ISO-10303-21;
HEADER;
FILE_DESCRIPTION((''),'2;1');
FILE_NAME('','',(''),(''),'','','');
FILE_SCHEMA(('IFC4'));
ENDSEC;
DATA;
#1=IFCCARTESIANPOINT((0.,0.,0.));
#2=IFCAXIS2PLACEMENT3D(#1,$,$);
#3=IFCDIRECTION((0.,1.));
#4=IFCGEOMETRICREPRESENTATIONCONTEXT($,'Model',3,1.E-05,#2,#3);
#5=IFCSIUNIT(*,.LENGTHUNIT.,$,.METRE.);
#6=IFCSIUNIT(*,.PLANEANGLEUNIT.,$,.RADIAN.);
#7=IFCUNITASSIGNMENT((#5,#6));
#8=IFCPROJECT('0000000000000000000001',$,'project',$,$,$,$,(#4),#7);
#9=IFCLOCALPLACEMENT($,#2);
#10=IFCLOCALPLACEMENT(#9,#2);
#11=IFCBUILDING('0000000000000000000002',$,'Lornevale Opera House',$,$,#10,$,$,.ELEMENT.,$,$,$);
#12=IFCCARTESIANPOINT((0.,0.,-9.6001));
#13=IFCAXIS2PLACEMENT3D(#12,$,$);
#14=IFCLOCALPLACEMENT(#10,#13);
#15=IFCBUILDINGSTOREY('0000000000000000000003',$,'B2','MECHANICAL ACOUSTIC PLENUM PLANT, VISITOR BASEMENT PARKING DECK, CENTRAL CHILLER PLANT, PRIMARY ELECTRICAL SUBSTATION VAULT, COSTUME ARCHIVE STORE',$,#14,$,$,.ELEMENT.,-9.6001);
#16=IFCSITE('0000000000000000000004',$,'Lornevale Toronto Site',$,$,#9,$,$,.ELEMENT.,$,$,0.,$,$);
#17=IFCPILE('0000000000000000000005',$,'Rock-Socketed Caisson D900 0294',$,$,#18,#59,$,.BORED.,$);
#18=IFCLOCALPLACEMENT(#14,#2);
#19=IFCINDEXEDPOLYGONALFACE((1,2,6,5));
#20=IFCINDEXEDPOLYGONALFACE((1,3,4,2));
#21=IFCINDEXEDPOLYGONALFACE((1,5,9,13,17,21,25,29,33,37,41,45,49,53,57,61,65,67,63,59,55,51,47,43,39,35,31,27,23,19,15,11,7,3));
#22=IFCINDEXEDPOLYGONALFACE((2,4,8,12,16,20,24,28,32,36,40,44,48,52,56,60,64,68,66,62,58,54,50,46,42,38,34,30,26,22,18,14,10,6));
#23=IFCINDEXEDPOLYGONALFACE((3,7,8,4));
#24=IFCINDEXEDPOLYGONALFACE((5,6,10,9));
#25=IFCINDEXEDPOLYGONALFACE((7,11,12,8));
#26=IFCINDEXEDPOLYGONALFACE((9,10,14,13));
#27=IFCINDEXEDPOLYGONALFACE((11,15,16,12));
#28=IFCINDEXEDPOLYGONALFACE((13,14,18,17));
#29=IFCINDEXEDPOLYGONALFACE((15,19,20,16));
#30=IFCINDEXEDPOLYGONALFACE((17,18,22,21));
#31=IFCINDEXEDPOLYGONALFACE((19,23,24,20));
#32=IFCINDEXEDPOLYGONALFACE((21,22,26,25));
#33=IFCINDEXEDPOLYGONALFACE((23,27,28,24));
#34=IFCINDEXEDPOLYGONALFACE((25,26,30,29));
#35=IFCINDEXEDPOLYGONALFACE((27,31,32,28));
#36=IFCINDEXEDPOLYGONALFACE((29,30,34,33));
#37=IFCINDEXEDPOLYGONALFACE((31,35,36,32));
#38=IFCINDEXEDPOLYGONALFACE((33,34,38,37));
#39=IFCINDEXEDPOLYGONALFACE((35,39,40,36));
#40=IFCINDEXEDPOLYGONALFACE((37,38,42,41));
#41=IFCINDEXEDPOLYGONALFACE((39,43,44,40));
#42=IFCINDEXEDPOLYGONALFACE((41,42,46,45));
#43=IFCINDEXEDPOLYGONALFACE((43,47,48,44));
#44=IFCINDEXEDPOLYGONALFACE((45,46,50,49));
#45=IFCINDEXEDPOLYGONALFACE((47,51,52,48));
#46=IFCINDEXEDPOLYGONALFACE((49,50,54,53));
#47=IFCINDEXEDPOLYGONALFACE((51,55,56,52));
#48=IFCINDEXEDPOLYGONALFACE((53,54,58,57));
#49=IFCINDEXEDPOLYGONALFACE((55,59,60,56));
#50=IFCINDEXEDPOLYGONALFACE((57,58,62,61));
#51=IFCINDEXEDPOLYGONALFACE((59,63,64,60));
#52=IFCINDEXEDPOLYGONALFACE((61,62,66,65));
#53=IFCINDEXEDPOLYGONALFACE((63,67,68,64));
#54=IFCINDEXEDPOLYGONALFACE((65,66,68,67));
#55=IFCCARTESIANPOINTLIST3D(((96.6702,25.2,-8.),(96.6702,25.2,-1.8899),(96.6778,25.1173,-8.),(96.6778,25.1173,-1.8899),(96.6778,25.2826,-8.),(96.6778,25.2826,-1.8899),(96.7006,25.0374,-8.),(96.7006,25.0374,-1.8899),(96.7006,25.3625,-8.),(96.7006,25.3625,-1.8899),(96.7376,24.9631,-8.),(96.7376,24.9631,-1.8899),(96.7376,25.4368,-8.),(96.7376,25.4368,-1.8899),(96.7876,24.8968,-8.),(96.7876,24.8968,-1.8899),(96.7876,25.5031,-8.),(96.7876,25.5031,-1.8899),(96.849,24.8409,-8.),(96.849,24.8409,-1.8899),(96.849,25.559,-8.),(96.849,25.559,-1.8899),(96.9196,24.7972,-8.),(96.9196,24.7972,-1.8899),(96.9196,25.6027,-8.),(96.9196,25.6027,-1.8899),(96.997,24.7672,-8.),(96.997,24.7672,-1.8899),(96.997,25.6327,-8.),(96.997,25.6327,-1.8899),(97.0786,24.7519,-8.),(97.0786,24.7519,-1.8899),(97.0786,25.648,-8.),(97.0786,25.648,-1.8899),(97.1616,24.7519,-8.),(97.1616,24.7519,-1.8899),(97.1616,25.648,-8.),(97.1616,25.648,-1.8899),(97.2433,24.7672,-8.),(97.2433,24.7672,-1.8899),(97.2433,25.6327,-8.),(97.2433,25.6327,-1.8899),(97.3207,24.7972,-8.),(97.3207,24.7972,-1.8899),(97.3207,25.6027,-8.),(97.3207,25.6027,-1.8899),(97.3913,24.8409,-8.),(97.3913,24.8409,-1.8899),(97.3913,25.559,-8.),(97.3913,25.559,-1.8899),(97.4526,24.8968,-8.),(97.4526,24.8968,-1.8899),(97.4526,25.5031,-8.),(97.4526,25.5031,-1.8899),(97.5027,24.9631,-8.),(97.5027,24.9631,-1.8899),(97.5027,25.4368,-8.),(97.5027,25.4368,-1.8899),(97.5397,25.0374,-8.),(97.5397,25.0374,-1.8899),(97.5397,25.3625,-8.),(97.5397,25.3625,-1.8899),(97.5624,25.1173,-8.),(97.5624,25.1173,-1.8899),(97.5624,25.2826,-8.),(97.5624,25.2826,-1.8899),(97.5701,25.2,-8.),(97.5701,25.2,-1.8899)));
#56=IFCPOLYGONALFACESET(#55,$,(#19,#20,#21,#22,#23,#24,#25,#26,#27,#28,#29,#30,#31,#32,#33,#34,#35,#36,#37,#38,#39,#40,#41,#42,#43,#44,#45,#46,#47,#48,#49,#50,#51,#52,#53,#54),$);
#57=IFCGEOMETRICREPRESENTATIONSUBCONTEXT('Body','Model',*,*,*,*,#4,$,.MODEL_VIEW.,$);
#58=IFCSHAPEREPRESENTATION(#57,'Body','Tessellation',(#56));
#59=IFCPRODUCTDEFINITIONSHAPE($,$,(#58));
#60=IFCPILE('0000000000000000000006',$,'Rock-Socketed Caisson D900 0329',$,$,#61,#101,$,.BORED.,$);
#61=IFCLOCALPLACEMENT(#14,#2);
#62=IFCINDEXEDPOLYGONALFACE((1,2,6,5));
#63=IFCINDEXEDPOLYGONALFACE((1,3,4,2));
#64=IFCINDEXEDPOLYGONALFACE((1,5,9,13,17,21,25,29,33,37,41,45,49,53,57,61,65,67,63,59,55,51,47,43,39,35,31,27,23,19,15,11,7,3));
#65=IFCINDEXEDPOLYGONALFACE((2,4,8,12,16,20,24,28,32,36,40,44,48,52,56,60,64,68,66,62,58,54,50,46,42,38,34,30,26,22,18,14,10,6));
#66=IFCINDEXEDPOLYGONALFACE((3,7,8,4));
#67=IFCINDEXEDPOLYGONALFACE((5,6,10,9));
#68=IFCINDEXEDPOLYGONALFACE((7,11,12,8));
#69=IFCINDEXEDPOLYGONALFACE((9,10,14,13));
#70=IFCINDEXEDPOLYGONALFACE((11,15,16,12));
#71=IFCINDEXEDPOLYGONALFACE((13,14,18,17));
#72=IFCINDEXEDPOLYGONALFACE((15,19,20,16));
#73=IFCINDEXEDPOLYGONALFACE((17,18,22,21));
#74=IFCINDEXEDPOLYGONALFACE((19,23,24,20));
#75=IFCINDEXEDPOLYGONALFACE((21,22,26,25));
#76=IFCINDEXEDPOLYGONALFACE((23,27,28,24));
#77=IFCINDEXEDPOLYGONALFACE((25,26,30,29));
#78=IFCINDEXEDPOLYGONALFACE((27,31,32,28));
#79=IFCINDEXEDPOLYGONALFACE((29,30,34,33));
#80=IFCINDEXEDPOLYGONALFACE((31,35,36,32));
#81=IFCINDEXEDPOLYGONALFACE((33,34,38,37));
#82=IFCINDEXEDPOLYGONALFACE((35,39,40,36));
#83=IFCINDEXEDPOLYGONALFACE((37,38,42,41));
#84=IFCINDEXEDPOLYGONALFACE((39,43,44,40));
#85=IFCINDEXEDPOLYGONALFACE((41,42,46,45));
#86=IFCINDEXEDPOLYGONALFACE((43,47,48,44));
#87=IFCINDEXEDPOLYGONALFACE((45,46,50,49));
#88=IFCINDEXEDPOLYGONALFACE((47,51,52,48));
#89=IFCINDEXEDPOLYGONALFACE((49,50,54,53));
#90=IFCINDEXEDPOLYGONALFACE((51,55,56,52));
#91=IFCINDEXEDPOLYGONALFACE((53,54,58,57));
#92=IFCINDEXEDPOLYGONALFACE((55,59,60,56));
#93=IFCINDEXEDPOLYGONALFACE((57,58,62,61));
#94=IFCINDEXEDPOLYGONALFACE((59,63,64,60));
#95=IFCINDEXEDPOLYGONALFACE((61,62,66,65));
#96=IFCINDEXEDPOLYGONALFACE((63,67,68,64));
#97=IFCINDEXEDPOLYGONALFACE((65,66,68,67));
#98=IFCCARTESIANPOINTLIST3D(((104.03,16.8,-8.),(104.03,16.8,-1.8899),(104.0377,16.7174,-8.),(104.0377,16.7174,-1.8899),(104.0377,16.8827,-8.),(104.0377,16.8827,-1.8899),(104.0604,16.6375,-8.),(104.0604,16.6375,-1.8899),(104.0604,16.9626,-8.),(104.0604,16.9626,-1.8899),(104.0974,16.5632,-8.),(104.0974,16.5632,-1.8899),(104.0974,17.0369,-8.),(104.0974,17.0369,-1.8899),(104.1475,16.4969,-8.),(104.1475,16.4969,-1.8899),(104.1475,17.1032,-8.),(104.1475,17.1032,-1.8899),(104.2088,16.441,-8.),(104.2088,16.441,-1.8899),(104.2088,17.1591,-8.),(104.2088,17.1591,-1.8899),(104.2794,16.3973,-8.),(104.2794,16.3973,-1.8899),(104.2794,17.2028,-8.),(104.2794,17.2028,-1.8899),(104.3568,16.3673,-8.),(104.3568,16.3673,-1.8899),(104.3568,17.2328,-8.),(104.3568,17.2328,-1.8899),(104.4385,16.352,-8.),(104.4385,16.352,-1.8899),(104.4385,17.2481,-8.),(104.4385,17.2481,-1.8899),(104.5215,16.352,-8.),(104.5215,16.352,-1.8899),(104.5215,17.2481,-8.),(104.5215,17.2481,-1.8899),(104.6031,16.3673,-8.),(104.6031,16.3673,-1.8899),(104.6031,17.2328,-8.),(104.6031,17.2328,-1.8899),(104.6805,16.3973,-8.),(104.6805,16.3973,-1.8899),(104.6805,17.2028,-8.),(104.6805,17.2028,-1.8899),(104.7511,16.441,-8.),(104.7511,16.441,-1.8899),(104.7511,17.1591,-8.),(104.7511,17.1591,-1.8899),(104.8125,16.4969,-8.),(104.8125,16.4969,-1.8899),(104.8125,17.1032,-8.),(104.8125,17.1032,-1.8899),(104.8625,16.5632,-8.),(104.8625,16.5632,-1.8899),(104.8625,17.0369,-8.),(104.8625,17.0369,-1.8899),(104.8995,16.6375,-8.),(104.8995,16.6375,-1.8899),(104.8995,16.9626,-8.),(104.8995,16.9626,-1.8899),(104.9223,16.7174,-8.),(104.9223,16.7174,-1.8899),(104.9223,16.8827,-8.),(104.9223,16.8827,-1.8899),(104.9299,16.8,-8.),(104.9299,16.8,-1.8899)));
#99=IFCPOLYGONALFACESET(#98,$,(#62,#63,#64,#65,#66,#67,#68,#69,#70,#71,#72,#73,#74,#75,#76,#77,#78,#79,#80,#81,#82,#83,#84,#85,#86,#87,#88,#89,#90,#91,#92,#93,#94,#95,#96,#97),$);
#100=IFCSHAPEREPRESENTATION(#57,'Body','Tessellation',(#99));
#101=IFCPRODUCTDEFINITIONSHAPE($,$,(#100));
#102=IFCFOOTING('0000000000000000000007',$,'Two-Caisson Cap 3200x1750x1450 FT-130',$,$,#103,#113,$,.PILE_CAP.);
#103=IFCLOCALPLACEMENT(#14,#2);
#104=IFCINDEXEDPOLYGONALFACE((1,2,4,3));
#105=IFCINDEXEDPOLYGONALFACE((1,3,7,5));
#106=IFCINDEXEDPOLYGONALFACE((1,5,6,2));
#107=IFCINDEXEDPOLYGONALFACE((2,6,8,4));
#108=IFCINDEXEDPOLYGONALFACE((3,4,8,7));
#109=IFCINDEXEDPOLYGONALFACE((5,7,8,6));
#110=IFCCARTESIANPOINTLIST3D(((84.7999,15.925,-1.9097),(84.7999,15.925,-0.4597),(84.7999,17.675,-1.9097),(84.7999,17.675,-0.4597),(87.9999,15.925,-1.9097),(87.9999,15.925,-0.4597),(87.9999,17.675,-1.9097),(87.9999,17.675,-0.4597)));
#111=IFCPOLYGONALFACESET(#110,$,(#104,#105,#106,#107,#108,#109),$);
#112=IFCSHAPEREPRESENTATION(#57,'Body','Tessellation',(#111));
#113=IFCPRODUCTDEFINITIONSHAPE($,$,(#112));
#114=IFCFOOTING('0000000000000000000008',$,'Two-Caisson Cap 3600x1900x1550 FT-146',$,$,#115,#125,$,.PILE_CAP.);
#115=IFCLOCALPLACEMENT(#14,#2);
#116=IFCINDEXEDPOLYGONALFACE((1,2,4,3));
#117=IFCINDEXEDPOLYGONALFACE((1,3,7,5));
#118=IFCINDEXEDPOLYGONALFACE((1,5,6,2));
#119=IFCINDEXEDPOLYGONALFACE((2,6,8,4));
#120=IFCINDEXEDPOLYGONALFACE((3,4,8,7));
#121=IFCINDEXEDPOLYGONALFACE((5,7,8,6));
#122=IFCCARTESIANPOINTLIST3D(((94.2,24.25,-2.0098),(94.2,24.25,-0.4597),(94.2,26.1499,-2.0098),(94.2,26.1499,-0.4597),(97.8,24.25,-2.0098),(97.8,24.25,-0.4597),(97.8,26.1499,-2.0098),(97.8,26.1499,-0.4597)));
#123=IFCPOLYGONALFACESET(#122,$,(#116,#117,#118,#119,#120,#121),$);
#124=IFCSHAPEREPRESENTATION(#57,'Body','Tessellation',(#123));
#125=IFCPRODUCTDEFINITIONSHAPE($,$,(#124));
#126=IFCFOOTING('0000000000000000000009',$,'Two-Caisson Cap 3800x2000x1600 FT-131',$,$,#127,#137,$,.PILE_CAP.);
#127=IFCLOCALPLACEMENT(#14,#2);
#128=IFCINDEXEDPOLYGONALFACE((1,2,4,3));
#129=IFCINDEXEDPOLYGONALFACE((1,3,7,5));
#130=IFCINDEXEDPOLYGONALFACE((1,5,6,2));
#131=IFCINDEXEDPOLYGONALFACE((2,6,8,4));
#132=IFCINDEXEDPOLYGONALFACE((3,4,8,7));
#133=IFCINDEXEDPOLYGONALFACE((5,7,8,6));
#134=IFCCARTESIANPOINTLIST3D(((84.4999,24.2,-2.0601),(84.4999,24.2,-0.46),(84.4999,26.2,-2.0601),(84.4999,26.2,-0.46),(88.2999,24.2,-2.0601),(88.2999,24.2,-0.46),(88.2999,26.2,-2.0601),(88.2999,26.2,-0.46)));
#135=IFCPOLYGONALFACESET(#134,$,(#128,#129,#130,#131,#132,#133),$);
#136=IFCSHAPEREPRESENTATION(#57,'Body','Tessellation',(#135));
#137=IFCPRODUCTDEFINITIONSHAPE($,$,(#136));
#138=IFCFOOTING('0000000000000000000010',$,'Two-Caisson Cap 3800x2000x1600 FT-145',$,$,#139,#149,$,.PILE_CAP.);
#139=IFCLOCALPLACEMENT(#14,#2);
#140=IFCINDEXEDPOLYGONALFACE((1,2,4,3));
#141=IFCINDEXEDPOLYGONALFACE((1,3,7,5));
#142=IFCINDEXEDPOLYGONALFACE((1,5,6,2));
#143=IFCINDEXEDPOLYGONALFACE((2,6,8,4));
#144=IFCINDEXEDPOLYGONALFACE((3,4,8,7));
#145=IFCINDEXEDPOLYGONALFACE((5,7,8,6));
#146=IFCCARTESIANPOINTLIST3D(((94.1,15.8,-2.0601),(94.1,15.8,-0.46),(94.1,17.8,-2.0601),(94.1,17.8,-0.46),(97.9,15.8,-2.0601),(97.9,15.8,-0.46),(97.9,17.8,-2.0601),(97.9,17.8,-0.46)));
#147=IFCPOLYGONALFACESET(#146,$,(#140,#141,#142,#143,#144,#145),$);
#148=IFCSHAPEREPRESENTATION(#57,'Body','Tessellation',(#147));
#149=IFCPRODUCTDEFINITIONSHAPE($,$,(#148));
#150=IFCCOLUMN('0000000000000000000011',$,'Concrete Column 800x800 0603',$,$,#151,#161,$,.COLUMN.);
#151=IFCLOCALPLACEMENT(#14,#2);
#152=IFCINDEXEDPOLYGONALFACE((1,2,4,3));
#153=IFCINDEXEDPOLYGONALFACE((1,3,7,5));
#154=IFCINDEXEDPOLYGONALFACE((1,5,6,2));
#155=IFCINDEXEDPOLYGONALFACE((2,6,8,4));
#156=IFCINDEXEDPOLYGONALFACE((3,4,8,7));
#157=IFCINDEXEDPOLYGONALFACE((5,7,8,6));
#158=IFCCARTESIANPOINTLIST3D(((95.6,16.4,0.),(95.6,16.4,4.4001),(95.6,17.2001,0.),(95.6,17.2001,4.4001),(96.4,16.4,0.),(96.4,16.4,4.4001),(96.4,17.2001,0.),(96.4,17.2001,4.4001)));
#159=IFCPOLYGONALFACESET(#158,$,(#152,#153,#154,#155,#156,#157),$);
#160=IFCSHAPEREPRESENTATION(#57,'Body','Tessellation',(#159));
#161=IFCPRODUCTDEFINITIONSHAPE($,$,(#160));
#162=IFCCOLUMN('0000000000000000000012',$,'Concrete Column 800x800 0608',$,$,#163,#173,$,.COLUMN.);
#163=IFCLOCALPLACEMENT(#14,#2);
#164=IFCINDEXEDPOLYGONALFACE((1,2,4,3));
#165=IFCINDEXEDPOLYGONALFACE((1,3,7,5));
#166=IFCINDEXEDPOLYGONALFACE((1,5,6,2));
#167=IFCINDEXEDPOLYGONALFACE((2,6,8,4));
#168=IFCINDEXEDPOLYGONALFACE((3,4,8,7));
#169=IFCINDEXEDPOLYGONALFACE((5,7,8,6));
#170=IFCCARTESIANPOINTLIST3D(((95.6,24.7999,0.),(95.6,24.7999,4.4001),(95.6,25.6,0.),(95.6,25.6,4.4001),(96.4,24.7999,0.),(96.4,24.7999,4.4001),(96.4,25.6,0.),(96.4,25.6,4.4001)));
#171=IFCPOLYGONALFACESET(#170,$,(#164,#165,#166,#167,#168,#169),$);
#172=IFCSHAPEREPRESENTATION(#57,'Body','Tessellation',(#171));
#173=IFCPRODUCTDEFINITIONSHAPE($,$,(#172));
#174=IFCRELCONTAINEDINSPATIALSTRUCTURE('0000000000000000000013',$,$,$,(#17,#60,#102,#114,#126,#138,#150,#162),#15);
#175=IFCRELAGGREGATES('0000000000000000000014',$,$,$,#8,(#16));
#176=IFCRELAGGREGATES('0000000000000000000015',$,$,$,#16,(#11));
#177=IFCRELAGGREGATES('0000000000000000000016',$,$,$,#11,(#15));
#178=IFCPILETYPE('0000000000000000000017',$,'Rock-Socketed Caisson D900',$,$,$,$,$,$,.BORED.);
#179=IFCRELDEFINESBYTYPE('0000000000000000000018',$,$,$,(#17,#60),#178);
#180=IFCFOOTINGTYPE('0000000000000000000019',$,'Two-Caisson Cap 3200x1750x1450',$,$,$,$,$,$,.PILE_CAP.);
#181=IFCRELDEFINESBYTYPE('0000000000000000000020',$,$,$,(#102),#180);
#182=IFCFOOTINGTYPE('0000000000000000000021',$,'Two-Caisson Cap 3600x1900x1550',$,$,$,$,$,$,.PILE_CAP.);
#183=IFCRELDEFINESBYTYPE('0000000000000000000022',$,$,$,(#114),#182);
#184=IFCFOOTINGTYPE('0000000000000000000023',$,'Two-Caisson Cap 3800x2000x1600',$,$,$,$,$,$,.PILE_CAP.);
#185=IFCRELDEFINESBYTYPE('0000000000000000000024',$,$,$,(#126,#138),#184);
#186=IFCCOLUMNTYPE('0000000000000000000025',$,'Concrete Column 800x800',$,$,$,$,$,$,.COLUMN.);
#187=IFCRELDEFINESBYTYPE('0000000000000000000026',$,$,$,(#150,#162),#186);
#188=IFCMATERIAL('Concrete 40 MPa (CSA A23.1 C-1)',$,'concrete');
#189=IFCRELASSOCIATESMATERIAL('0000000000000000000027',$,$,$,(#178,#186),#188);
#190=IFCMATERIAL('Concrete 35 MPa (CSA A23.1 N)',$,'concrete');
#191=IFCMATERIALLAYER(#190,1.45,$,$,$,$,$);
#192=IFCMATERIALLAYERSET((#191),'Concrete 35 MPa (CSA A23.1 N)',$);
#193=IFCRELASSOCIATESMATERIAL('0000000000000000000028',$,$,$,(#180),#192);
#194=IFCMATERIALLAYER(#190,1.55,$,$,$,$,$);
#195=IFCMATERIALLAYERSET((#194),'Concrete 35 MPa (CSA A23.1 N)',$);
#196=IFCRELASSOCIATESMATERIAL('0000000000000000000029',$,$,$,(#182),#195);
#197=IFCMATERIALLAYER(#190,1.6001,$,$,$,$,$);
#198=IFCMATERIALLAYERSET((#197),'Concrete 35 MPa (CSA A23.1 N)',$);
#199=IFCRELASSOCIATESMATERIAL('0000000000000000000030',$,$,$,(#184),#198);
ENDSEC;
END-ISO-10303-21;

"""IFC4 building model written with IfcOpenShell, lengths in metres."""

from ifc_helpers import new_model, si_unit, direction, frame, origin, origin_2d, place, context, subcontext, project, spatial, rectangle, circle, extrude, material, layer, layer_set, material_profile, profile_set, type_object, element, save


model = new_model("IFC4")

# Units and contexts
model_context = context("Model", 3, precision=1e-05, world=origin(), true_north=direction((0.0, 1.0)))
body_context = subcontext(model_context, "Body", "Model", "MODEL_VIEW")
ifc_project = project(units=[si_unit("LENGTHUNIT", "METRE"), si_unit("PLANEANGLEUNIT", "RADIAN")], contexts=[model_context])

# Site, building, storey
site_placement = place(None, origin())
site = spatial("IfcSite", under=ifc_project, at=site_placement, Name="Lornevale Toronto Site", CompositionType="ELEMENT", RefElevation=0.0)
building_placement = place(site_placement, origin())
building = spatial("IfcBuilding", under=site, at=building_placement, Name="Lornevale Opera House", CompositionType="ELEMENT")
storey_placement = place(building_placement, frame((0.0, 0.0, -9.6001)))
storey = spatial("IfcBuildingStorey", under=building, at=storey_placement, Name="B2", Description="MECHANICAL ACOUSTIC PLENUM PLANT, VISITOR BASEMENT PARKING DECK, CENTRAL CHILLER PLANT, PRIMARY ELECTRICAL SUBSTATION VAULT, COSTUME ARCHIVE STORE", CompositionType="ELEMENT", Elevation=-9.6001)

# Shared definitions
ifc_material_1 = material(Name="Concrete 35 MPa (CSA A23.1 N)", Category="concrete")

# Piles
ifc_material_2 = material(Name="Concrete 40 MPa (CSA A23.1 C-1)", Category="concrete")
ifc_material_profile_1 = material_profile(ifc_material_2, circle(Radius=0.45, at=origin_2d()), Name="CAIS900")
ifc_profile_set_1 = profile_set([ifc_material_profile_1], Name="Concrete 40 MPa (CSA A23.1 C-1)")
pile_type_1 = type_object("IfcPileType", Name="Rock-Socketed Caisson D900", PredefinedType="BORED", material=ifc_profile_set_1)
for number, where, z_axis, x_axis, name in (
    (1, (97.1201, 25.2, -1.8899), (0.0, 0.0, -1.0), (1.0, 0.0, 0.0), "Rock-Socketed Caisson D900 0294"),
    (2, (104.48, 16.8, -1.8899), (0.0, 0.0, -1.0), (1.0, 0.0, 0.0), "Rock-Socketed Caisson D900 0329"),
):
    element("IfcPile", number, at=place(storey_placement, frame(where, z_axis=z_axis, x_axis=x_axis)), inside=storey, type_object=pile_type_1, Name=name, PredefinedType="BORED", context=body_context, shape_type="SweptSolid", body=[
        extrude(circle(Radius=0.45, at=origin_2d()), origin(), (0.0, 0.0, 1.0), 6.1101),
    ])

# Footings
ifc_layer_1 = layer(ifc_material_1, 1.45)
ifc_layer_set_1 = layer_set([ifc_layer_1], Name="Concrete 35 MPa (CSA A23.1 N)")
footing_type_1 = type_object("IfcFootingType", Name="Two-Caisson Cap 3200x1750x1450", PredefinedType="PILE_CAP", material=ifc_layer_set_1)
footing_1_placement = place(storey_placement, frame((86.3999, 16.8, -1.9097), z_axis=(0.0, 0.0, 1.0), x_axis=(1.0, 0.0, 0.0)))
element("IfcFooting", 3, at=footing_1_placement, inside=storey, type_object=footing_type_1, Name="Two-Caisson Cap 3200x1750x1450 FT-130", PredefinedType="PILE_CAP", context=body_context, shape_type="SweptSolid", body=[
    extrude(rectangle(XDim=3.2, YDim=1.75, at=origin_2d()), origin(), (0.0, 0.0, 1.0), 1.45),
])
ifc_layer_2 = layer(ifc_material_1, 1.55)
ifc_layer_set_2 = layer_set([ifc_layer_2], Name="Concrete 35 MPa (CSA A23.1 N)")
footing_type_2 = type_object("IfcFootingType", Name="Two-Caisson Cap 3600x1900x1550", PredefinedType="PILE_CAP", material=ifc_layer_set_2)
footing_2_placement = place(storey_placement, frame((96.0, 25.2, -2.0098), z_axis=(0.0, 0.0, 1.0), x_axis=(1.0, 0.0, 0.0)))
element("IfcFooting", 4, at=footing_2_placement, inside=storey, type_object=footing_type_2, Name="Two-Caisson Cap 3600x1900x1550 FT-146", PredefinedType="PILE_CAP", context=body_context, shape_type="SweptSolid", body=[
    extrude(rectangle(XDim=3.6001, YDim=1.8999, at=origin_2d()), origin(), (0.0, 0.0, 1.0), 1.55),
])
ifc_layer_3 = layer(ifc_material_1, 1.6001)
ifc_layer_set_3 = layer_set([ifc_layer_3], Name="Concrete 35 MPa (CSA A23.1 N)")
footing_type_3 = type_object("IfcFootingType", Name="Two-Caisson Cap 3800x2000x1600", PredefinedType="PILE_CAP", material=ifc_layer_set_3)
for number, where, z_axis, x_axis, name in (
    (5, (86.3999, 25.2, -2.0601), (0.0, 0.0, 1.0), (1.0, 0.0, 0.0), "Two-Caisson Cap 3800x2000x1600 FT-131"),
    (6, (96.0, 16.8, -2.0601), (0.0, 0.0, 1.0), (1.0, 0.0, 0.0), "Two-Caisson Cap 3800x2000x1600 FT-145"),
):
    element("IfcFooting", number, at=place(storey_placement, frame(where, z_axis=z_axis, x_axis=x_axis)), inside=storey, type_object=footing_type_3, Name=name, PredefinedType="PILE_CAP", context=body_context, shape_type="SweptSolid", body=[
        extrude(rectangle(XDim=3.8, YDim=2.0, at=origin_2d()), origin(), (0.0, 0.0, 1.0), 1.6001),
    ])

# Columns
ifc_material_profile_2 = material_profile(ifc_material_2, rectangle(XDim=0.8, YDim=0.8, at=origin_2d()), Name="RC800x800")
ifc_profile_set_2 = profile_set([ifc_material_profile_2], Name="Concrete 40 MPa (CSA A23.1 C-1)")
column_type = type_object("IfcColumnType", Name="Concrete Column 800x800", PredefinedType="COLUMN", material=ifc_profile_set_2)
for number, where, z_axis, x_axis, name in (
    (7, (96.0, 16.8, 0.0), (0.0, 0.0, 1.0), (1.0, 0.0, 0.0), "Concrete Column 800x800 0603"),
    (8, (96.0, 25.2, 0.0), (0.0, 0.0, 1.0), (1.0, 0.0, 0.0), "Concrete Column 800x800 0608"),
):
    element("IfcColumn", number, at=place(storey_placement, frame(where, z_axis=z_axis, x_axis=x_axis)), inside=storey, type_object=column_type, Name=name, PredefinedType="COLUMN", context=body_context, shape_type="SweptSolid", body=[
        extrude(rectangle(XDim=0.8, YDim=0.8, at=origin_2d()), origin(), (0.0, 0.0, 1.0), 4.4001),
    ])

save(model, "model.ifc")
